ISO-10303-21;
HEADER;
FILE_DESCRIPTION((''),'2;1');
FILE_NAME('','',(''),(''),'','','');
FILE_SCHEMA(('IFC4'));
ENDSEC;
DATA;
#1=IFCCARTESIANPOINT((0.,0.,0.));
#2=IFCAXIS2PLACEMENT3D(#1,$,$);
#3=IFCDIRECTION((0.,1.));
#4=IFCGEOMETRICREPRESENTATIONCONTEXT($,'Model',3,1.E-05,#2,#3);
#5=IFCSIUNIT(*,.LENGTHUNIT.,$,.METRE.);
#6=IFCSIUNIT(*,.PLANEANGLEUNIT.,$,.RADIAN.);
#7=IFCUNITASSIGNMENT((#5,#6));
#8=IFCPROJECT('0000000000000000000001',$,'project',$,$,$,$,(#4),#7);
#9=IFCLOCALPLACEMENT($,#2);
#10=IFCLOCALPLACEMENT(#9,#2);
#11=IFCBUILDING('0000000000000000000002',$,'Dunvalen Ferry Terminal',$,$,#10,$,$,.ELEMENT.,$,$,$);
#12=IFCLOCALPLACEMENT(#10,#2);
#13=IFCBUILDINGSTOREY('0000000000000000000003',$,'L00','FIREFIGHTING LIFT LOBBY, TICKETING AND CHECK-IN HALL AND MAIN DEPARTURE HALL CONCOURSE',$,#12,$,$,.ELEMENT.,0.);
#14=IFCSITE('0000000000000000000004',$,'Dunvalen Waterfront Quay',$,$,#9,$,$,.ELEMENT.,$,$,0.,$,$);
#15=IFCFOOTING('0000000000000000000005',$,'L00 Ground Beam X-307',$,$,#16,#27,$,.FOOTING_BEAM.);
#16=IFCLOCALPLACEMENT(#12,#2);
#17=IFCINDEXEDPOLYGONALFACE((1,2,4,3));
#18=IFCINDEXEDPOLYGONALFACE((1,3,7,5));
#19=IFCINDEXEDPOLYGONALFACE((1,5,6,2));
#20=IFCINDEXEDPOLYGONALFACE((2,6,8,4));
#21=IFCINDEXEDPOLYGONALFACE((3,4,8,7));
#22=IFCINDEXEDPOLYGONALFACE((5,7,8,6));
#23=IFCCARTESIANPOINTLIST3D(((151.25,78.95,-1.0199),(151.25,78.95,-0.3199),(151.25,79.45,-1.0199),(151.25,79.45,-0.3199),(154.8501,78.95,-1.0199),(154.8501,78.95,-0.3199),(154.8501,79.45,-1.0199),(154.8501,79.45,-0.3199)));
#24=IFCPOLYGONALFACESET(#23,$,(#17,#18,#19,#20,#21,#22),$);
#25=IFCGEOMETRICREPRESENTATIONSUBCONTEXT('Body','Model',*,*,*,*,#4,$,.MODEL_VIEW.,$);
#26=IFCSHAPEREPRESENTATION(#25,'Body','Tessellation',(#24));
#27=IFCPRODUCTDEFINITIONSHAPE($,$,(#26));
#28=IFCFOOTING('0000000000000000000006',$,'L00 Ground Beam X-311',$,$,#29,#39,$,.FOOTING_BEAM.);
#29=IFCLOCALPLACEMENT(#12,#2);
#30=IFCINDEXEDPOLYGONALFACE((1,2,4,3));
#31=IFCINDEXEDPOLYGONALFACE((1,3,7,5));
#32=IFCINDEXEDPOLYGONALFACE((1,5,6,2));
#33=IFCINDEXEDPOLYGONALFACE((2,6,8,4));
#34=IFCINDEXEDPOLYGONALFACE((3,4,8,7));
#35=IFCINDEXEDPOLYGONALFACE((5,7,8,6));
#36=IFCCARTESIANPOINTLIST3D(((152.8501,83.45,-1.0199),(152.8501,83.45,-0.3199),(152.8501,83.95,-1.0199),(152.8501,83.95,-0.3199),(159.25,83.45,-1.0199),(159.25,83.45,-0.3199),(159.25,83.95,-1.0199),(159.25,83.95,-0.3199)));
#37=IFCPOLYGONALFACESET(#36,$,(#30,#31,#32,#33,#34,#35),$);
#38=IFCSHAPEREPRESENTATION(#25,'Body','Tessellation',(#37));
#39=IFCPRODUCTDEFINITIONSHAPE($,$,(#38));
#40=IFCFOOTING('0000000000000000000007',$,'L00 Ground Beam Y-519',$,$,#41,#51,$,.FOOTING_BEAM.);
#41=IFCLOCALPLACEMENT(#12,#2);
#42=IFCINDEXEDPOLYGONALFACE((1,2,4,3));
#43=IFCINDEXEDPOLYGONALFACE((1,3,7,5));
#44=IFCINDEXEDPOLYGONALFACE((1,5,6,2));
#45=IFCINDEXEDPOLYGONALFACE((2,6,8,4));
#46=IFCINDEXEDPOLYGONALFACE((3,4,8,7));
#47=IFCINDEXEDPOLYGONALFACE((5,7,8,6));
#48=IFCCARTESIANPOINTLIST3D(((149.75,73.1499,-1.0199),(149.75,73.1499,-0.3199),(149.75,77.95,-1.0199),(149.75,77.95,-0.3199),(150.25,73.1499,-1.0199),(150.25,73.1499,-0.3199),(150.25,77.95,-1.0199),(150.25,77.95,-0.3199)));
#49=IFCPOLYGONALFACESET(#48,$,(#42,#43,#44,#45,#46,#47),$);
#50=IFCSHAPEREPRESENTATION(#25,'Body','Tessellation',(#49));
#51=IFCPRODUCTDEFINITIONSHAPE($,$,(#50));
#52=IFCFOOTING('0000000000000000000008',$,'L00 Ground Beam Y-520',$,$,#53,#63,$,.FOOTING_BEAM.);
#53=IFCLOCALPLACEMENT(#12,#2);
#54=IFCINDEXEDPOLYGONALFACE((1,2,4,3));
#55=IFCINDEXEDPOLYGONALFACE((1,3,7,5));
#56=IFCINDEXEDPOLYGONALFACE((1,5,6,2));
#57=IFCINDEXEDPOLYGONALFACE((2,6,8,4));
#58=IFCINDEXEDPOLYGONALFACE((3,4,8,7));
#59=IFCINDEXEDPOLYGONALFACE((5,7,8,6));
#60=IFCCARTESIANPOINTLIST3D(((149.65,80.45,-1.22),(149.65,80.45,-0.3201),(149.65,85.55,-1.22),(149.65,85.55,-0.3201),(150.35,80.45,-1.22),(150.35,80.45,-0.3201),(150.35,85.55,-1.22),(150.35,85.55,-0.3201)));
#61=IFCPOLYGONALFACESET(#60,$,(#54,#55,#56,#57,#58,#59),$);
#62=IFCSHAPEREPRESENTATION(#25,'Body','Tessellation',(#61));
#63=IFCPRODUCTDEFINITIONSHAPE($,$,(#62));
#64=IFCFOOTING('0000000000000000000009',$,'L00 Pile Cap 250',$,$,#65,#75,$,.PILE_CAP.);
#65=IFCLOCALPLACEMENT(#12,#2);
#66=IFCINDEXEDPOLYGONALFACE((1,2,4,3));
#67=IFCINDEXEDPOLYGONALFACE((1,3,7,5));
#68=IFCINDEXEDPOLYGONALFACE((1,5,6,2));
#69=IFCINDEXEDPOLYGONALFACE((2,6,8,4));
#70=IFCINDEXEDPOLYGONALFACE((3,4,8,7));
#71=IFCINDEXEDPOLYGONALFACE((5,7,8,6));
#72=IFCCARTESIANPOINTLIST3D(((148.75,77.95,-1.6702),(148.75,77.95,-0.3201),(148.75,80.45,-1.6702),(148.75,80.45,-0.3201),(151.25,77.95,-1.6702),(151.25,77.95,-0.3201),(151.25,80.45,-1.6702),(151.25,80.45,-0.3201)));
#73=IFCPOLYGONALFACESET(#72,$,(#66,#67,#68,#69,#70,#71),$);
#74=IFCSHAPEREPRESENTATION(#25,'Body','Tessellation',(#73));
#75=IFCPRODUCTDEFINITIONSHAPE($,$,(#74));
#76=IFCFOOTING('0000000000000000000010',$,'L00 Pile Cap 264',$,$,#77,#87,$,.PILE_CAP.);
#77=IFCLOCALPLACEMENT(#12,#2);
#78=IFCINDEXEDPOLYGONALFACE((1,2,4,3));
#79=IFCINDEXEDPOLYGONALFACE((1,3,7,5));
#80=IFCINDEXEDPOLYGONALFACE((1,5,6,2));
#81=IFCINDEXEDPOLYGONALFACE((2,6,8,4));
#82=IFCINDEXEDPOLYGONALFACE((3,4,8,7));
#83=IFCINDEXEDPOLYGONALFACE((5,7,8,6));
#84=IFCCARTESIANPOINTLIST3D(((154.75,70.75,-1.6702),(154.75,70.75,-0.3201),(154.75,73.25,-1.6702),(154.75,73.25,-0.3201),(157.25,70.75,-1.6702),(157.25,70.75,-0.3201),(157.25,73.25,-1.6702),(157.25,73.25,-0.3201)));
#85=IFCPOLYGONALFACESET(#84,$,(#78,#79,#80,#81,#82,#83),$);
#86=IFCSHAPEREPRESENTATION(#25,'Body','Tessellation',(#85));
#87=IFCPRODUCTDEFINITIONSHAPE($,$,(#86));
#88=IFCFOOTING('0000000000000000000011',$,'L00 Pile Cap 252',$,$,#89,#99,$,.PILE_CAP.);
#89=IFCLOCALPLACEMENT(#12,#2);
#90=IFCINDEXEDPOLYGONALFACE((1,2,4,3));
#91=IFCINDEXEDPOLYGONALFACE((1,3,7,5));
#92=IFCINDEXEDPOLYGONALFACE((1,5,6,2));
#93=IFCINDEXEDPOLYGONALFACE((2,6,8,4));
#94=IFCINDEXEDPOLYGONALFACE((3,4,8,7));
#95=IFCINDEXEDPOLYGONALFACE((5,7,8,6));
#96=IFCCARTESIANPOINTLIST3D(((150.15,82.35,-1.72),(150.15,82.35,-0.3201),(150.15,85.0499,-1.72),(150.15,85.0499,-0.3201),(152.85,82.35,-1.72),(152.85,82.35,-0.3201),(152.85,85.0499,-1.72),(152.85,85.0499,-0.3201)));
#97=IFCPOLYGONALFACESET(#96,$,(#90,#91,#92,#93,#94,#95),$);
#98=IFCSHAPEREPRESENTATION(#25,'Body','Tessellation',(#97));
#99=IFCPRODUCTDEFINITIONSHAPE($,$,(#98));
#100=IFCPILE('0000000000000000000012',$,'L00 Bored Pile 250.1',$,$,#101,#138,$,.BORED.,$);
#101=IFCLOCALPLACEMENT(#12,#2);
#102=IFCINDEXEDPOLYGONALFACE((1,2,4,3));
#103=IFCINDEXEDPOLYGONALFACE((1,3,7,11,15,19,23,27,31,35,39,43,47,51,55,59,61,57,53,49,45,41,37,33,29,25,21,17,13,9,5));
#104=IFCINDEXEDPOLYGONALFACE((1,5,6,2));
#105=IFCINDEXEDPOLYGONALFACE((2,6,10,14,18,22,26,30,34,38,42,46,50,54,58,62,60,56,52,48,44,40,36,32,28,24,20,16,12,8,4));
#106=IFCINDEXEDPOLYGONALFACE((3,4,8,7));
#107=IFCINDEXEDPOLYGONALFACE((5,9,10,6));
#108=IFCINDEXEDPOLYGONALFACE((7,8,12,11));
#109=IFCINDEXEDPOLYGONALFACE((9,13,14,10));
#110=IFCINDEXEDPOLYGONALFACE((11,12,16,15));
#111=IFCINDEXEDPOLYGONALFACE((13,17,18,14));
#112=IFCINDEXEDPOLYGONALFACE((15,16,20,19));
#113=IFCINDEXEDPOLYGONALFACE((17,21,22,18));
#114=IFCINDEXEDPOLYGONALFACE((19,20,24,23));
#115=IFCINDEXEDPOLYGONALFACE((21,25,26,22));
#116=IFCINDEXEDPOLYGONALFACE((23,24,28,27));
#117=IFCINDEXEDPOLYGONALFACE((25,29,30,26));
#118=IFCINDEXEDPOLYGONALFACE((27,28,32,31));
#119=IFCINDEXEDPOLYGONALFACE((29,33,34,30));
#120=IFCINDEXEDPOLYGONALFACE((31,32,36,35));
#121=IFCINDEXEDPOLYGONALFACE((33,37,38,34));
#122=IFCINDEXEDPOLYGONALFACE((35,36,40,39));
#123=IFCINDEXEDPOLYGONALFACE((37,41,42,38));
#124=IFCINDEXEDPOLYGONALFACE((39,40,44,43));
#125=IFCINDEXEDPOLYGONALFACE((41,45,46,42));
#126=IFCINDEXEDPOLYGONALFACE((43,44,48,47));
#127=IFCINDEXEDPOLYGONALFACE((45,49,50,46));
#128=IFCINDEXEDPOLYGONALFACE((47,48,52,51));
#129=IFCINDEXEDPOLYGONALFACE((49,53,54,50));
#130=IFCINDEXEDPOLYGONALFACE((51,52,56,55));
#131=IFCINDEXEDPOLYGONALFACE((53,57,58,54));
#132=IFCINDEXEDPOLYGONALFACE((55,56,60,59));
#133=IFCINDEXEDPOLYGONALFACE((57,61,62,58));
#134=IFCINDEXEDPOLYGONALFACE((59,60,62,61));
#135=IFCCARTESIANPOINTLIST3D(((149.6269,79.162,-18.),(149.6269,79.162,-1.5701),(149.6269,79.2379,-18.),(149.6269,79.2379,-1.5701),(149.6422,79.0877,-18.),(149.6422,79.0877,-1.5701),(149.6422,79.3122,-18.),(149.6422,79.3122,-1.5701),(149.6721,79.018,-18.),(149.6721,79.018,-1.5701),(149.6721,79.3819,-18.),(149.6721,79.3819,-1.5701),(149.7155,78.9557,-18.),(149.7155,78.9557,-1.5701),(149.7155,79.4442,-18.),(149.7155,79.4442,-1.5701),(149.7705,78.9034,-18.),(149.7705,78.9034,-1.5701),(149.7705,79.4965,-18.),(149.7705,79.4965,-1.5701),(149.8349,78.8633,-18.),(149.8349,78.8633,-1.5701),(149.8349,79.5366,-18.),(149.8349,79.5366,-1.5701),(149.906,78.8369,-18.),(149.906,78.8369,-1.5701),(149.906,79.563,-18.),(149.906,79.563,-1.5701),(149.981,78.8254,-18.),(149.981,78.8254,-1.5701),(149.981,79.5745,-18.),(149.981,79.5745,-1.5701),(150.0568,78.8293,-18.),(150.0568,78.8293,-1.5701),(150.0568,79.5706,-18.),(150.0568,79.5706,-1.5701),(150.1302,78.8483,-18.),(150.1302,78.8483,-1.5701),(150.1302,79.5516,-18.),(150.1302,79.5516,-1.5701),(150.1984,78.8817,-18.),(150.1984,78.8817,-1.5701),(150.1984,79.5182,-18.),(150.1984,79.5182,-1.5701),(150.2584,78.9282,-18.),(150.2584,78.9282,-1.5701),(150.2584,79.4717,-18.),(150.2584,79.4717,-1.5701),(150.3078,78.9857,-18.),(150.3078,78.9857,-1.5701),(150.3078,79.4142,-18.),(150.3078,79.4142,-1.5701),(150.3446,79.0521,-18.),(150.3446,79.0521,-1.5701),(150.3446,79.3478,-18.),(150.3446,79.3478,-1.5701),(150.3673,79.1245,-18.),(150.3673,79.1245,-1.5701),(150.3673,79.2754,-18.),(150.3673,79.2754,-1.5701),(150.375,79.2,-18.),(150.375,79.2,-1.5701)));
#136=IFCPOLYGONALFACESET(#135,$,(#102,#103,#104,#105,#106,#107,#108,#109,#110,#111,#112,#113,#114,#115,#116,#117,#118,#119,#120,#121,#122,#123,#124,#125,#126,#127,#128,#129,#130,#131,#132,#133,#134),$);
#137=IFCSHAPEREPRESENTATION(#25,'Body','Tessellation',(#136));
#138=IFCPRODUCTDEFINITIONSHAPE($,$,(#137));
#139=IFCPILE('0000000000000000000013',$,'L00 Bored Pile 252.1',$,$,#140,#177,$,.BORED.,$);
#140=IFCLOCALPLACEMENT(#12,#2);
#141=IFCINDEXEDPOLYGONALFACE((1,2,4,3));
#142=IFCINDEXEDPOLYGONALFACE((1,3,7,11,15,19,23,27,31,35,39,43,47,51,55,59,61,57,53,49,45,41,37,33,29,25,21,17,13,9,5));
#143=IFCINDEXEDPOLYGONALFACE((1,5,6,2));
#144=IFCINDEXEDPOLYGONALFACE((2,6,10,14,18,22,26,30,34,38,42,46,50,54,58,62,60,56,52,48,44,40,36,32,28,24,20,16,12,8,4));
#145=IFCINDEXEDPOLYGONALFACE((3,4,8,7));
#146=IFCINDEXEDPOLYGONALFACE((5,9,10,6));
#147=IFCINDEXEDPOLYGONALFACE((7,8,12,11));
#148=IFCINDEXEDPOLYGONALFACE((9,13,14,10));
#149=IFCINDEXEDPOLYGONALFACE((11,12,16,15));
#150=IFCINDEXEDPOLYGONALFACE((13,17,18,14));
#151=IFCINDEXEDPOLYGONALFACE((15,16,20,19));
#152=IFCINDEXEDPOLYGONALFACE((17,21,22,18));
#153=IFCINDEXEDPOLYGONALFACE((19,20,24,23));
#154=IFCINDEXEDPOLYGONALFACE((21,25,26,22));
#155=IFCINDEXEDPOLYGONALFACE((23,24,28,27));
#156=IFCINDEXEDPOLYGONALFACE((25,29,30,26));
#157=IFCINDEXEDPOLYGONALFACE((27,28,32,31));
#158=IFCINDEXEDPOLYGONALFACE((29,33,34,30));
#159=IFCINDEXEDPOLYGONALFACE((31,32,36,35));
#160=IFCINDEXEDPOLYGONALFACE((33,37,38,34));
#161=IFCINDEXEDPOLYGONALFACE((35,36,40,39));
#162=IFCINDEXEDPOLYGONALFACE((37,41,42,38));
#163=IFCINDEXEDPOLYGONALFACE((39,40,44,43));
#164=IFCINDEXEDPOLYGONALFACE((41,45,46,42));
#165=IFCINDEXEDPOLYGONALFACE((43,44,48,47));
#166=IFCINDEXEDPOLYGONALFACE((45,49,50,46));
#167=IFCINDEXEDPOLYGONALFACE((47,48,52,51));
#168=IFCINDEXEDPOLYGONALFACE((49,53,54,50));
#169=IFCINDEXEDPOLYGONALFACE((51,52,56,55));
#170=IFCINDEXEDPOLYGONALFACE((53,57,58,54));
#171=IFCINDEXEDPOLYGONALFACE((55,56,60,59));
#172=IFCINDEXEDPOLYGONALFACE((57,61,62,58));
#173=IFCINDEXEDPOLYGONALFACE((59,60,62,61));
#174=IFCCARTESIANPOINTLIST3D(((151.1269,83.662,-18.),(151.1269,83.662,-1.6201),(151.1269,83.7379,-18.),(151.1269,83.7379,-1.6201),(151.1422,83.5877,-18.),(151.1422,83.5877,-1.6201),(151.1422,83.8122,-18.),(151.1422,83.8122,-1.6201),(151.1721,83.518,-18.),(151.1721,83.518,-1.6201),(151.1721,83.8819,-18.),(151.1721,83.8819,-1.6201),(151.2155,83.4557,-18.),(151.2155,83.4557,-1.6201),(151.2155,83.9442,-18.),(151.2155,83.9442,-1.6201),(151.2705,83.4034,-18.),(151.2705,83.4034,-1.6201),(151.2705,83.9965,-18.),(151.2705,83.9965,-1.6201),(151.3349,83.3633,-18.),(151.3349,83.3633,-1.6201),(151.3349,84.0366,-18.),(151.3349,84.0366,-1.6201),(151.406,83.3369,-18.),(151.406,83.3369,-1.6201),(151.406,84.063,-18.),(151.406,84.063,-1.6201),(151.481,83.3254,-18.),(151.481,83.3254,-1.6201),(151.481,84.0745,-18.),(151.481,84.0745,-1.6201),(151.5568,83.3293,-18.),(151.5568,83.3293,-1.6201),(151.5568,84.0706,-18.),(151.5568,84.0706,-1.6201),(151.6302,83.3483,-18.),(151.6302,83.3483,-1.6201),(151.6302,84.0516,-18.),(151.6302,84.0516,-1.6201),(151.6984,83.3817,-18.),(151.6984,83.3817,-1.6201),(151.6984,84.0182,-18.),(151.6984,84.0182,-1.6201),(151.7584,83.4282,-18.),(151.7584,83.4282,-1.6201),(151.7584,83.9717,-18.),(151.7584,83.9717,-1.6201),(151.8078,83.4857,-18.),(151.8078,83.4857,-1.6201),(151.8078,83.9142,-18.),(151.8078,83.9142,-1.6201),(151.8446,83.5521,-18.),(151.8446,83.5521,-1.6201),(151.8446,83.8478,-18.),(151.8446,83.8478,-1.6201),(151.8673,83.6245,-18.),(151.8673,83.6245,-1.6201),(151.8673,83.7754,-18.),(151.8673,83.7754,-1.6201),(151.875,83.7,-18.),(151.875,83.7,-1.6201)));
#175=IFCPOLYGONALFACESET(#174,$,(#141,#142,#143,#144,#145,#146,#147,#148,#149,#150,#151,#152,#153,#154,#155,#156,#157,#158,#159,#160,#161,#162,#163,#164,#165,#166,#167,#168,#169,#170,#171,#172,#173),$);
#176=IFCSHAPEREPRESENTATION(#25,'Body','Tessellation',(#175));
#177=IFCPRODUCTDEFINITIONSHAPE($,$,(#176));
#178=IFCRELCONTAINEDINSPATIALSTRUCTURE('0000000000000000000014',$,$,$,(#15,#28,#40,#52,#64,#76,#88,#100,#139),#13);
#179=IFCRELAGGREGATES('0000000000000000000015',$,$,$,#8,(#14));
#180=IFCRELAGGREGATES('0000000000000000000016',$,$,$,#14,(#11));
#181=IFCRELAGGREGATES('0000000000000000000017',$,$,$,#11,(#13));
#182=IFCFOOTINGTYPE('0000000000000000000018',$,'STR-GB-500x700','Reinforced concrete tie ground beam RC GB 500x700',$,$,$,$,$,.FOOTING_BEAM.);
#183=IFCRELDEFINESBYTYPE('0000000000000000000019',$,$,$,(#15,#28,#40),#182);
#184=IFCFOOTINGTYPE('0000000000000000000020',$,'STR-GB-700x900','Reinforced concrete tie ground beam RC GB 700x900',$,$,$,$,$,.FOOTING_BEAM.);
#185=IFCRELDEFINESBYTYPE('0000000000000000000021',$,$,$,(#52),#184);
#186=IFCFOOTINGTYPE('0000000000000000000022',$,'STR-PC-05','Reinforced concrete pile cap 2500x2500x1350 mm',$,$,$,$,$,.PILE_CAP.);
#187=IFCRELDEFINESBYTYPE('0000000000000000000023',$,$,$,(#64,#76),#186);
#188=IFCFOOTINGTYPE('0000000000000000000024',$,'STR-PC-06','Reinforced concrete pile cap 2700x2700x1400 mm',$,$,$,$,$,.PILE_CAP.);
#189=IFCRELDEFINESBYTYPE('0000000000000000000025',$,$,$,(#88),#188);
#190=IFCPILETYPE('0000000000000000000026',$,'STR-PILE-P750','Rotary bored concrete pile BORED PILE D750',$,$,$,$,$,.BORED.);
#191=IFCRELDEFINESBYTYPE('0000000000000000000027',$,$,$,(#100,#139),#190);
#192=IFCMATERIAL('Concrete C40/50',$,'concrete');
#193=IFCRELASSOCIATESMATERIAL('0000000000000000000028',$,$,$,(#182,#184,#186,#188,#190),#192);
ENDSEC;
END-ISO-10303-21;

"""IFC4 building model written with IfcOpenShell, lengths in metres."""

from ifc_helpers import new_model, si_unit, direction, frame, origin, origin_2d, place, context, subcontext, project, spatial, rectangle, circle, extrude, material, material_profile, profile_set, type_object, element, save


model = new_model("IFC4")

# Units and contexts
model_context = context("Model", 3, precision=1e-05, world=origin(), true_north=direction((0.0, 1.0)))
body_context = subcontext(model_context, "Body", "Model", "MODEL_VIEW")
ifc_project = project(units=[si_unit("LENGTHUNIT", "METRE"), si_unit("PLANEANGLEUNIT", "RADIAN")], contexts=[model_context])

# Site, building, storey
site_placement = place(None, origin())
site = spatial("IfcSite", under=ifc_project, at=site_placement, Name="Dunvalen Waterfront Quay", CompositionType="ELEMENT", RefElevation=0.0)
building_placement = place(site_placement, origin())
building = spatial("IfcBuilding", under=site, at=building_placement, Name="Dunvalen Ferry Terminal", CompositionType="ELEMENT")
storey_placement = place(building_placement, origin())
storey = spatial("IfcBuildingStorey", under=building, at=storey_placement, Name="L00", Description="FIREFIGHTING LIFT LOBBY, TICKETING AND CHECK-IN HALL AND MAIN DEPARTURE HALL CONCOURSE", CompositionType="ELEMENT", Elevation=0.0)

# Footings
ifc_material_1 = material(Name="Concrete C40/50", Category="concrete")
ifc_material_profile_1 = material_profile(ifc_material_1, rectangle(XDim=0.5, YDim=0.7, at=origin_2d()), Name="Concrete C40/50")
ifc_profile_set_1 = profile_set([ifc_material_profile_1], Name="Concrete C40/50")
footing_type_1 = type_object("IfcFootingType", Name="STR-GB-500x700", Description="Reinforced concrete tie ground beam RC GB 500x700", PredefinedType="FOOTING_BEAM", material=ifc_profile_set_1)
footing_1_placement = place(storey_placement, frame((151.25, 79.2, -0.6699), z_axis=(1.0, 0.0, 0.0), x_axis=(0.0, 1.0, 0.0)))
element("IfcFooting", 1, at=footing_1_placement, inside=storey, type_object=footing_type_1, Name="L00 Ground Beam X-307", PredefinedType="FOOTING_BEAM", context=body_context, shape_type="SweptSolid", body=[
    extrude(rectangle(XDim=0.5, YDim=0.7, at=origin_2d()), origin(), (0.0, 0.0, 1.0), 3.6001),
])
footing_2_placement = place(storey_placement, frame((152.8501, 83.7, -0.6699), z_axis=(1.0, 0.0, 0.0), x_axis=(0.0, 1.0, 0.0)))
element("IfcFooting", 2, at=footing_2_placement, inside=storey, type_object=footing_type_1, Name="L00 Ground Beam X-311", PredefinedType="FOOTING_BEAM", context=body_context, shape_type="SweptSolid", body=[
    extrude(rectangle(XDim=0.5, YDim=0.7, at=origin_2d()), origin(), (0.0, 0.0, 1.0), 6.3999),
])
footing_3_placement = place(storey_placement, frame((150.0, 73.1499, -0.6699), z_axis=(0.0, 1.0, 0.0), x_axis=(-1.0, 0.0, 0.0)))
element("IfcFooting", 3, at=footing_3_placement, inside=storey, type_object=footing_type_1, Name="L00 Ground Beam Y-519", PredefinedType="FOOTING_BEAM", context=body_context, shape_type="SweptSolid", body=[
    extrude(rectangle(XDim=0.5, YDim=0.7, at=origin_2d()), origin(), (0.0, 0.0, 1.0), 4.8),
])
ifc_material_profile_2 = material_profile(ifc_material_1, rectangle(XDim=0.7, YDim=0.8999, at=origin_2d()), Name="Concrete C40/50")
ifc_profile_set_2 = profile_set([ifc_material_profile_2], Name="Concrete C40/50")
footing_type_2 = type_object("IfcFootingType", Name="STR-GB-700x900", Description="Reinforced concrete tie ground beam RC GB 700x900", PredefinedType="FOOTING_BEAM", material=ifc_profile_set_2)
footing_4_placement = place(storey_placement, frame((150.0, 80.45, -0.77), z_axis=(0.0, 1.0, 0.0), x_axis=(-1.0, 0.0, 0.0)))
element("IfcFooting", 4, at=footing_4_placement, inside=storey, type_object=footing_type_2, Name="L00 Ground Beam Y-520", PredefinedType="FOOTING_BEAM", context=body_context, shape_type="SweptSolid", body=[
    extrude(rectangle(XDim=0.7, YDim=0.8999, at=origin_2d()), origin(), (0.0, 0.0, 1.0), 5.1001),
])
footing_type_3 = type_object("IfcFootingType", Name="STR-PC-05", Description="Reinforced concrete pile cap 2500x2500x1350 mm", PredefinedType="PILE_CAP", material=ifc_material_1)
for number, where, z_axis, x_axis, name in (
    (5, (150.0, 79.2, -1.6702), (0.0, 0.0, 1.0), (1.0, 0.0, 0.0), "L00 Pile Cap 250"),
    (6, (156.0, 72.0, -1.6702), (0.0, 0.0, 1.0), (1.0, 0.0, 0.0), "L00 Pile Cap 264"),
):
    element("IfcFooting", number, at=place(storey_placement, frame(where, z_axis=z_axis, x_axis=x_axis)), inside=storey, type_object=footing_type_3, Name=name, PredefinedType="PILE_CAP", context=body_context, shape_type="SweptSolid", body=[
        extrude(rectangle(XDim=2.5, YDim=2.5, at=origin_2d()), origin(), (0.0, 0.0, 1.0), 1.3501),
    ])
footing_type_4 = type_object("IfcFootingType", Name="STR-PC-06", Description="Reinforced concrete pile cap 2700x2700x1400 mm", PredefinedType="PILE_CAP", material=ifc_material_1)
footing_5_placement = place(storey_placement, frame((151.5, 83.7, -1.72), z_axis=(0.0, 0.0, 1.0), x_axis=(1.0, 0.0, 0.0)))
element("IfcFooting", 7, at=footing_5_placement, inside=storey, type_object=footing_type_4, Name="L00 Pile Cap 252", PredefinedType="PILE_CAP", context=body_context, shape_type="SweptSolid", body=[
    extrude(rectangle(XDim=2.7, YDim=2.7, at=origin_2d()), origin(), (0.0, 0.0, 1.0), 1.3999),
])

# Piles
ifc_material_profile_3 = material_profile(ifc_material_1, circle(Radius=0.375, at=origin_2d()), Name="Concrete C40/50")
ifc_profile_set_3 = profile_set([ifc_material_profile_3], Name="Concrete C40/50")
pile_type_1 = type_object("IfcPileType", Name="STR-PILE-P750", Description="Rotary bored concrete pile BORED PILE D750", PredefinedType="BORED", material=ifc_profile_set_3)
pile_1_placement = place(storey_placement, frame((150.0, 79.2, -1.5701), z_axis=(0.0, 0.0, -1.0), x_axis=(1.0, 0.0, 0.0)))
element("IfcPile", 8, at=pile_1_placement, inside=storey, type_object=pile_type_1, Name="L00 Bored Pile 250.1", PredefinedType="BORED", context=body_context, shape_type="SweptSolid", body=[
    extrude(circle(Radius=0.375, at=origin_2d()), origin(), (0.0, 0.0, 1.0), 16.4299),
])
pile_2_placement = place(storey_placement, frame((151.5, 83.7, -1.6201), z_axis=(0.0, 0.0, -1.0), x_axis=(1.0, 0.0, 0.0)))
element("IfcPile", 9, at=pile_2_placement, inside=storey, type_object=pile_type_1, Name="L00 Bored Pile 252.1", PredefinedType="BORED", context=body_context, shape_type="SweptSolid", body=[
    extrude(circle(Radius=0.375, at=origin_2d()), origin(), (0.0, 0.0, 1.0), 16.3799),
])

save(model, "model.ifc")
